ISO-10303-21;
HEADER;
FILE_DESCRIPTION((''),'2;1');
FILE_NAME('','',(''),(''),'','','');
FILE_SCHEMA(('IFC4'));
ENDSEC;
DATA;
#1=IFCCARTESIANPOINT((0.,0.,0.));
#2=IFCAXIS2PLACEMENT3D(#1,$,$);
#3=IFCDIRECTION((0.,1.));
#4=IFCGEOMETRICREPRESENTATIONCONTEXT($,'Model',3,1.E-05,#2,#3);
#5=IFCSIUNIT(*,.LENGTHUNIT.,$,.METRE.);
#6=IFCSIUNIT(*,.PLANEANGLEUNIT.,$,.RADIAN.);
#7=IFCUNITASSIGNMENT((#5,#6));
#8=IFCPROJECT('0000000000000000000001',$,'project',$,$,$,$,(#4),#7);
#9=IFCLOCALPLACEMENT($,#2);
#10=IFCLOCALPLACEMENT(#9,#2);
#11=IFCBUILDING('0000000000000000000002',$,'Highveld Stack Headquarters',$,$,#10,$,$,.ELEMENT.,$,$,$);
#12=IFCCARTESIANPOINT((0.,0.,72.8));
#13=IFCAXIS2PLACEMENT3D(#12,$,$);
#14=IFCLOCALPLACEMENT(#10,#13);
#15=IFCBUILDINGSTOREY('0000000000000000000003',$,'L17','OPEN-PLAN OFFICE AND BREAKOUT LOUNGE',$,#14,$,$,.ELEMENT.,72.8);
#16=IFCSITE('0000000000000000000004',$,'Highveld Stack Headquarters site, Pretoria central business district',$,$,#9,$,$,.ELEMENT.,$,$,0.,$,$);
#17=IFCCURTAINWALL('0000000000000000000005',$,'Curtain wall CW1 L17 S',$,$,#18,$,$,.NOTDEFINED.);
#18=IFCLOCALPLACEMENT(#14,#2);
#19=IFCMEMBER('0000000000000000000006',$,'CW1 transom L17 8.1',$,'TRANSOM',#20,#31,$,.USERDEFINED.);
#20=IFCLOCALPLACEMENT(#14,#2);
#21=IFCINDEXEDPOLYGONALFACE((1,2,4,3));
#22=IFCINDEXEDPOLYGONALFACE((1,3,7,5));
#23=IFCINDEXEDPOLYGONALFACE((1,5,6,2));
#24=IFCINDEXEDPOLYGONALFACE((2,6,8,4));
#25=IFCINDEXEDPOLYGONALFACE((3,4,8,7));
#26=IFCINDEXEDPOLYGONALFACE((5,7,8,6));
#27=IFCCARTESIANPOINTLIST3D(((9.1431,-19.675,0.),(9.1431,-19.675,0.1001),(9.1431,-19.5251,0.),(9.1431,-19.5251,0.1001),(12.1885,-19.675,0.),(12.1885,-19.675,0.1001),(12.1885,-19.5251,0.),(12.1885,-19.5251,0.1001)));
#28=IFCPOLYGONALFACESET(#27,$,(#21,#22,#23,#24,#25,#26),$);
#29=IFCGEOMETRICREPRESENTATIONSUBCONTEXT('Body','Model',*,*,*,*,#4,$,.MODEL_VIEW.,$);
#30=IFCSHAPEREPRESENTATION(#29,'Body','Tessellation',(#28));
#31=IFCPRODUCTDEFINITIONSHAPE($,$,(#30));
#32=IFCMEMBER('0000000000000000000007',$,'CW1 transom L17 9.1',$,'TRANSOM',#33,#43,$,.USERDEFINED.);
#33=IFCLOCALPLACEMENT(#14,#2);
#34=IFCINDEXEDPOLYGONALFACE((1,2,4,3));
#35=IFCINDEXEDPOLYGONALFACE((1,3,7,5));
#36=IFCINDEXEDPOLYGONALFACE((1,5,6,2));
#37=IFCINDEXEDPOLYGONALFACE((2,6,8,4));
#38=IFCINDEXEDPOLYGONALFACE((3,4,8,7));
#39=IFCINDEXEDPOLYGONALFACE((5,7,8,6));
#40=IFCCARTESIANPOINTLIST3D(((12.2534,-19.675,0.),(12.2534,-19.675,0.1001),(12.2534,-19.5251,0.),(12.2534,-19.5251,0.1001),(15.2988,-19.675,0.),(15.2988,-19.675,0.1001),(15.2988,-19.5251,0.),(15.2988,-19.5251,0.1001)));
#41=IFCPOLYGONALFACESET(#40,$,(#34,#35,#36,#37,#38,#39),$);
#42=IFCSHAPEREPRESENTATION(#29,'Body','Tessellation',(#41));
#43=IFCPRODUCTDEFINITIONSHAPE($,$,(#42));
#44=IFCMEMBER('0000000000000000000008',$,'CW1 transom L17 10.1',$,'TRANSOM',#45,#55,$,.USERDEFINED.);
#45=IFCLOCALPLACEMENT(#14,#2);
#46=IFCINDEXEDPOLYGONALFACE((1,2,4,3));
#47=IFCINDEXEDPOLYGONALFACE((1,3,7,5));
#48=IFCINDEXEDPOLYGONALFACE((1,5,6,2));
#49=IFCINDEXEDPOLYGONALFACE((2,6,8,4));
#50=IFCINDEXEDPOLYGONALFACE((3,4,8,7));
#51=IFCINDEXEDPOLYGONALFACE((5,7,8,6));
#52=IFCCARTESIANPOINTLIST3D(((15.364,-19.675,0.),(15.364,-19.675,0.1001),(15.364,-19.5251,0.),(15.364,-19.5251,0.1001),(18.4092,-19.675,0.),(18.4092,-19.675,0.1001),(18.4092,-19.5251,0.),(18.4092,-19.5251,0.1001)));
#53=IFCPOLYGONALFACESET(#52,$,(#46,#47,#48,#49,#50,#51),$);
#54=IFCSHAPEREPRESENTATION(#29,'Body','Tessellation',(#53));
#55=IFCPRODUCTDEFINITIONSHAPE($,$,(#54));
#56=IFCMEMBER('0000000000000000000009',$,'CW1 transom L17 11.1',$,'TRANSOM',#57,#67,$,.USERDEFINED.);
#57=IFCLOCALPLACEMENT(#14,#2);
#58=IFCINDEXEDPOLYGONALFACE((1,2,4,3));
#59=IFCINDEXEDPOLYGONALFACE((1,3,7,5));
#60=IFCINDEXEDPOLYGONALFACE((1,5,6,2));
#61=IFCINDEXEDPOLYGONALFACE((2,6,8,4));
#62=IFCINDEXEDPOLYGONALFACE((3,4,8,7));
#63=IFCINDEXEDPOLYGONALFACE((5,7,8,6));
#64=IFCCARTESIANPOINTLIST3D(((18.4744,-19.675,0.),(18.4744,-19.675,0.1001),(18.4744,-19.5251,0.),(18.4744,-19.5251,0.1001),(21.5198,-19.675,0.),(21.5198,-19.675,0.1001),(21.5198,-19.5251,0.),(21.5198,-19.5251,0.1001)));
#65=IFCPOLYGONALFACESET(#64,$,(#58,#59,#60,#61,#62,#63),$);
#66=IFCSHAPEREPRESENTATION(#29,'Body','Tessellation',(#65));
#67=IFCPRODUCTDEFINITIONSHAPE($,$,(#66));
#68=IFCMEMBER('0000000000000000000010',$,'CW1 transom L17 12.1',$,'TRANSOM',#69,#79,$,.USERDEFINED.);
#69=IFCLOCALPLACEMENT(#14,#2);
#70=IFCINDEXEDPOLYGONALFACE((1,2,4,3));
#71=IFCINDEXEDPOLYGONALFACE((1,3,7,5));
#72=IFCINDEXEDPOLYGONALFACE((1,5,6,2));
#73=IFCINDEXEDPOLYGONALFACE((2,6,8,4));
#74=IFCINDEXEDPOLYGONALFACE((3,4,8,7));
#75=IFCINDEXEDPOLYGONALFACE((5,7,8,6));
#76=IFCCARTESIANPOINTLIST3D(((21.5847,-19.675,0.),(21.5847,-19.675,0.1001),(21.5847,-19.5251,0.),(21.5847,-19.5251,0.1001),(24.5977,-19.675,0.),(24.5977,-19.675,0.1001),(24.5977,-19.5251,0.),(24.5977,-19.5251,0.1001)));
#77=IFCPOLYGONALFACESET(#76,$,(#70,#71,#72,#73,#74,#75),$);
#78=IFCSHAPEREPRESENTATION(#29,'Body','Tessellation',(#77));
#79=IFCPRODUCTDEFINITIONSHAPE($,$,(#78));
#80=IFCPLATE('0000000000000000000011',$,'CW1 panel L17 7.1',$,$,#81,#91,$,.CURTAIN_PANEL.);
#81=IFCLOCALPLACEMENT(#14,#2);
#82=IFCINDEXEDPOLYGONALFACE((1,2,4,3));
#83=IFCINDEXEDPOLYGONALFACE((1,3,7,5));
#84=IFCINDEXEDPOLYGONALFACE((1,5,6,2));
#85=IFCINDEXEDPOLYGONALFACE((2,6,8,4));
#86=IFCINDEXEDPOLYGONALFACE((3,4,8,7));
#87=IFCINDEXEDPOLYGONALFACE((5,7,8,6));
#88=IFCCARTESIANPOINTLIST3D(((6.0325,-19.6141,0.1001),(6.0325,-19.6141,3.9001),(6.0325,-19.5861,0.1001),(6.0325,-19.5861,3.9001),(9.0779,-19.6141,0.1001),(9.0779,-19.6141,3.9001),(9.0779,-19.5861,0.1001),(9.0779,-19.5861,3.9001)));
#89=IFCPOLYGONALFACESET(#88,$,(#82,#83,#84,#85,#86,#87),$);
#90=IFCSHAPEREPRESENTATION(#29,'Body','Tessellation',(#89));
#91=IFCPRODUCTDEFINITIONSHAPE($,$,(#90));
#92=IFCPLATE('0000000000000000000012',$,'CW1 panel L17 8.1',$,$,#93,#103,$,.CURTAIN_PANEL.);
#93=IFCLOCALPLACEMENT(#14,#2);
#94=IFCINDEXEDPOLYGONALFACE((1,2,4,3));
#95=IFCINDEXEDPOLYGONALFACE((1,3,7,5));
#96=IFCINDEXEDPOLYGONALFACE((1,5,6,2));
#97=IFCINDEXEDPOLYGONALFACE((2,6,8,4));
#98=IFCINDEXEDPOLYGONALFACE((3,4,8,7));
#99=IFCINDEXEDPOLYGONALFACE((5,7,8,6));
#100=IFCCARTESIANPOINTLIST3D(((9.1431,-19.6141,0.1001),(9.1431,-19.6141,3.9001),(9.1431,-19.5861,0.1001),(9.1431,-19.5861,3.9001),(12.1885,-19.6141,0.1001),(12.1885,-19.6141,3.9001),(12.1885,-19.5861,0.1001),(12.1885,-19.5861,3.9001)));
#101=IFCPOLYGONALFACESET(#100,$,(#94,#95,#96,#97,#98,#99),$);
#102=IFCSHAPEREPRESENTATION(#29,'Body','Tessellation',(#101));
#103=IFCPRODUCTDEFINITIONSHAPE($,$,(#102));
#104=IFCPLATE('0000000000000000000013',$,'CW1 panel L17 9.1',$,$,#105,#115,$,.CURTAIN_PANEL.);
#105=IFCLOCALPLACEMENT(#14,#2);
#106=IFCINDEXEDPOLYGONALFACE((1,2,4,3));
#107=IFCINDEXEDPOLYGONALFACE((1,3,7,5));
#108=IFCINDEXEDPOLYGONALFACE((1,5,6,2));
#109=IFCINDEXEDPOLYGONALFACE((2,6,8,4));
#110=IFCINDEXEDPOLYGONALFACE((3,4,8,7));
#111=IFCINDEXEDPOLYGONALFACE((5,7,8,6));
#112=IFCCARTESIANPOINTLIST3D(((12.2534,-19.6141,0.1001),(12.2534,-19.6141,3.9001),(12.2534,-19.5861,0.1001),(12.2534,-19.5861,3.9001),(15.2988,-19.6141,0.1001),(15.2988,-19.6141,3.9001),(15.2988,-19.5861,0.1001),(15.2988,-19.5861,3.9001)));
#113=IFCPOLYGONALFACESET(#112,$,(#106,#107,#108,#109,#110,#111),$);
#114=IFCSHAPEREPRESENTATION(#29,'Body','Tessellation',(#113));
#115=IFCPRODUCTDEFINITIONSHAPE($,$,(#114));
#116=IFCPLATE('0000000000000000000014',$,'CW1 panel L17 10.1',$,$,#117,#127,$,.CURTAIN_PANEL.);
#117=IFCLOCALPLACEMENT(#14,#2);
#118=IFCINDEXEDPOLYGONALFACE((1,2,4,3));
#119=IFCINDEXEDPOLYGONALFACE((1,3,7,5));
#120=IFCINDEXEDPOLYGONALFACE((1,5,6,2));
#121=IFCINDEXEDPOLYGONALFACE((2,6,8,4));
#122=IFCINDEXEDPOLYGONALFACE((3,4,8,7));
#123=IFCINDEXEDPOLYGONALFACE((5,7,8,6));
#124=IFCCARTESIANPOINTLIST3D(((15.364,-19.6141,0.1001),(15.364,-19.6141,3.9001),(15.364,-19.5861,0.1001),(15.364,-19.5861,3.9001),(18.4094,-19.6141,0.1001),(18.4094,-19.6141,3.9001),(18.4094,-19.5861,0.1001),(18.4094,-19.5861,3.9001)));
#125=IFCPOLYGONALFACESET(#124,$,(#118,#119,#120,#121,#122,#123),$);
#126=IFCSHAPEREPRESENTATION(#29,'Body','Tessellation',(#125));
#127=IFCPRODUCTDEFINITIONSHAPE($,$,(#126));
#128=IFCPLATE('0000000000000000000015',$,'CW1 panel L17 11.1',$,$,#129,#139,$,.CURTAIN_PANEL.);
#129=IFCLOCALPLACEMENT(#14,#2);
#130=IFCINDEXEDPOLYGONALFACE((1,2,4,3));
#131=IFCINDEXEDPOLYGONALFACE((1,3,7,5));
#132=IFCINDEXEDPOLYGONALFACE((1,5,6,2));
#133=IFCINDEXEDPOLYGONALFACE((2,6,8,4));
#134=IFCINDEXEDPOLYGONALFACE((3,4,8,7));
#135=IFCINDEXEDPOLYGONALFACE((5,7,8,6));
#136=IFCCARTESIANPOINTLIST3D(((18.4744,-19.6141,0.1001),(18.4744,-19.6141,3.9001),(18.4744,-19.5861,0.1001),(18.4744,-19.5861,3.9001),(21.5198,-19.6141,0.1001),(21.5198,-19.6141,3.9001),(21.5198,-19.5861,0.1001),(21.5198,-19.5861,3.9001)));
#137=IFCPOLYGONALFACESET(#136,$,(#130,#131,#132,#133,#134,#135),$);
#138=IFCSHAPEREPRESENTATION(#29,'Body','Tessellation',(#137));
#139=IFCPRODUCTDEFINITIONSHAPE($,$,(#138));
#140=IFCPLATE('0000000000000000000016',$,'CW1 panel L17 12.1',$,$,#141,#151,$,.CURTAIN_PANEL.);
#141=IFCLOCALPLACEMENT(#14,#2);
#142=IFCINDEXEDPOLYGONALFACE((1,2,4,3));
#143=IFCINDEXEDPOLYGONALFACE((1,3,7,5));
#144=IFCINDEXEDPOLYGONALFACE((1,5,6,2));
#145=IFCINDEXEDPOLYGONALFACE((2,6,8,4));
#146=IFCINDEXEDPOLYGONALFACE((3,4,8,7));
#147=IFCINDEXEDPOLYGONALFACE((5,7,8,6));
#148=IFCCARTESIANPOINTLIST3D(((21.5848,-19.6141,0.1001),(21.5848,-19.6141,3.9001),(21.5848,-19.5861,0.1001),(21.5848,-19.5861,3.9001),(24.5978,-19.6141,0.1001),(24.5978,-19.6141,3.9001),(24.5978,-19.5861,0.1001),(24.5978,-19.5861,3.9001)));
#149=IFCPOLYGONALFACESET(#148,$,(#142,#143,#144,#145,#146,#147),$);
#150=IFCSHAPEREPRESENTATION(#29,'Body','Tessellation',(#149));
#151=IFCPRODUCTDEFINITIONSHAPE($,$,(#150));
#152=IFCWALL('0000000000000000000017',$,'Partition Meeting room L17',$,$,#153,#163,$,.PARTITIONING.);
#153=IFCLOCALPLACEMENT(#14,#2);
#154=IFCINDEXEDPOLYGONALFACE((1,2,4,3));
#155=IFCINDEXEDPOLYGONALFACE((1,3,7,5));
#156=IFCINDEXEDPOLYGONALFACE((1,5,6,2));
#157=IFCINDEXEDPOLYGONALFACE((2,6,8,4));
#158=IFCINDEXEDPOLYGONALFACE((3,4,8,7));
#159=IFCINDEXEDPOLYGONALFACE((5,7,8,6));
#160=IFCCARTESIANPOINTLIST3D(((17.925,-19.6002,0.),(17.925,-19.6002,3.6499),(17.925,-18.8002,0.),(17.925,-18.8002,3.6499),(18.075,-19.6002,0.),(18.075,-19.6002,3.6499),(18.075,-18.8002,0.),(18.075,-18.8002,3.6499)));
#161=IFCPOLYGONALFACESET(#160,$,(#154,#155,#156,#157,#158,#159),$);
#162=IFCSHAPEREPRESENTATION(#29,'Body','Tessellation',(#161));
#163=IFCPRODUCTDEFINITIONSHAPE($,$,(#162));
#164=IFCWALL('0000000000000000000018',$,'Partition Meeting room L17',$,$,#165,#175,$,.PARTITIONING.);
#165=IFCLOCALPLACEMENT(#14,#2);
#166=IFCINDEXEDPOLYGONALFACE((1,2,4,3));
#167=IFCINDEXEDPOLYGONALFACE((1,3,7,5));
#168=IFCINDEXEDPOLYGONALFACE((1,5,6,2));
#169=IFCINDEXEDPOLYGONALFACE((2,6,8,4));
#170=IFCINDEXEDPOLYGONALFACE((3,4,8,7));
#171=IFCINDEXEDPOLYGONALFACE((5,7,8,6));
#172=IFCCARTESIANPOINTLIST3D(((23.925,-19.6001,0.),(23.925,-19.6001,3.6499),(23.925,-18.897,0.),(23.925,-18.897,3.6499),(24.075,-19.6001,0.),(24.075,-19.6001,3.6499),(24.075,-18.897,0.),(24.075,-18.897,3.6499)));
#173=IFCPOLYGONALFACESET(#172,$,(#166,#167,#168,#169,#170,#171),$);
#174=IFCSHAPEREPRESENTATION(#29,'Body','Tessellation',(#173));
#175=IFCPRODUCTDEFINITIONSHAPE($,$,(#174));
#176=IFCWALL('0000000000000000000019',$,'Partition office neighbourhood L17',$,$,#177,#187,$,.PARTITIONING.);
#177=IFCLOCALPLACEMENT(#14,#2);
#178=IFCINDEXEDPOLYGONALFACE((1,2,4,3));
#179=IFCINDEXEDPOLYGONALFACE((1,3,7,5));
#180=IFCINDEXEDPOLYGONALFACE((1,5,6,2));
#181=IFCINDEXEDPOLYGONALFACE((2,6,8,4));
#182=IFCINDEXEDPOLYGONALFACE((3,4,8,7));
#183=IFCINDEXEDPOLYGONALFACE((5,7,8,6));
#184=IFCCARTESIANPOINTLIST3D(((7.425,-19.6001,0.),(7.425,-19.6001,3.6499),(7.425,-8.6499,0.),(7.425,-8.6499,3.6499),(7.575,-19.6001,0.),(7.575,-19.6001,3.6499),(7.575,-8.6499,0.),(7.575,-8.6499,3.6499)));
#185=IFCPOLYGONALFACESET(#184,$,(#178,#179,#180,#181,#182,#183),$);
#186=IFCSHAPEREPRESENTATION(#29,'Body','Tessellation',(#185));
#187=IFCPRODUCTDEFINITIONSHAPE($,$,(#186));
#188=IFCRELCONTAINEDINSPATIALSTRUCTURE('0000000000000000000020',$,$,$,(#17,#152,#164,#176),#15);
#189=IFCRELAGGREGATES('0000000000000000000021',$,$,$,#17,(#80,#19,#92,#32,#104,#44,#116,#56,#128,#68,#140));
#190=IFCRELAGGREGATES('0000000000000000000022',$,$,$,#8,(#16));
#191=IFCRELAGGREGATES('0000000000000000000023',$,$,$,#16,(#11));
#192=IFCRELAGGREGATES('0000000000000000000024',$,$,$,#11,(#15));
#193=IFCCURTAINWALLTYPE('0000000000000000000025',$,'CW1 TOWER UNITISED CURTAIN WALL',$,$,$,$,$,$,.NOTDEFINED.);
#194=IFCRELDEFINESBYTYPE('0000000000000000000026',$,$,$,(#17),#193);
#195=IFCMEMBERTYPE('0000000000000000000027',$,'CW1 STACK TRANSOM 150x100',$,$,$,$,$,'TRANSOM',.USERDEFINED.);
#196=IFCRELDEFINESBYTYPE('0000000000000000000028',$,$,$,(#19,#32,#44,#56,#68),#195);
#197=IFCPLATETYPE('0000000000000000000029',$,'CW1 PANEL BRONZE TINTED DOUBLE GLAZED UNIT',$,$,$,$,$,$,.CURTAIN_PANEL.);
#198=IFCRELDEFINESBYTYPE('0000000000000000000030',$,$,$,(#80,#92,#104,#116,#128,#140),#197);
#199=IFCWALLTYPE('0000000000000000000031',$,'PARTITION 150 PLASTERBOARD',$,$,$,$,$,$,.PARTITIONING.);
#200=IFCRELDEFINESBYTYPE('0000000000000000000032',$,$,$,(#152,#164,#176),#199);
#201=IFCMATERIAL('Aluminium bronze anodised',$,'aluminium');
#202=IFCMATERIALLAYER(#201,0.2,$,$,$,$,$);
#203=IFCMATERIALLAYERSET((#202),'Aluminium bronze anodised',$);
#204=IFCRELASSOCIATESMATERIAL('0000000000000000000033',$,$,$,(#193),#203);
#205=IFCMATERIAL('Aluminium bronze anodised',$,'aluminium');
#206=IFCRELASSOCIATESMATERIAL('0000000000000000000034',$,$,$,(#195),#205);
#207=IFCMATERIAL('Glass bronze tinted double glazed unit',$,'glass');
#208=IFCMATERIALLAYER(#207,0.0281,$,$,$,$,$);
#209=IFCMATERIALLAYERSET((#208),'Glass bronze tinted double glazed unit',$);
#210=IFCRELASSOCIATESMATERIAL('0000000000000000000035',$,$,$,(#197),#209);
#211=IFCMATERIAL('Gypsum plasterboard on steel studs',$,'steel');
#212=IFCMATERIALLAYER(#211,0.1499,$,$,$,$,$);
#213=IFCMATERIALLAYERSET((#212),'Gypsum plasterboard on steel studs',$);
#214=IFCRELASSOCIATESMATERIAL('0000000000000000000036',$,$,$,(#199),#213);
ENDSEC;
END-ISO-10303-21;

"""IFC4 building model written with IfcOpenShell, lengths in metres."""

from ifc_helpers import new_model, si_unit, direction, frame, frame_2d, origin, origin_2d, place, context, subcontext, project, spatial, rectangle, extrude, material, layer, layer_set, material_profile, profile_set, type_object, element, aggregate, save


model = new_model("IFC4")

# Units and contexts
model_context = context("Model", 3, precision=1e-05, world=origin(), true_north=direction((0.0, 1.0)))
body_context = subcontext(model_context, "Body", "Model", "MODEL_VIEW")
ifc_project = project(units=[si_unit("LENGTHUNIT", "METRE"), si_unit("PLANEANGLEUNIT", "RADIAN")], contexts=[model_context])

# Site, building, storey
site_placement = place(None, origin())
site = spatial("IfcSite", under=ifc_project, at=site_placement, Name="Highveld Stack Headquarters site, Pretoria central business district", CompositionType="ELEMENT", RefElevation=0.0)
building_placement = place(site_placement, origin())
building = spatial("IfcBuilding", under=site, at=building_placement, Name="Highveld Stack Headquarters", CompositionType="ELEMENT")
storey_placement = place(building_placement, frame((0.0, 0.0, 72.8)))
storey = spatial("IfcBuildingStorey", under=building, at=storey_placement, Name="L17", Description="OPEN-PLAN OFFICE AND BREAKOUT LOUNGE", CompositionType="ELEMENT", Elevation=72.8)

# Curtain wall, members, plates
ifc_material_1 = material(Name="Aluminium bronze anodised", Category="aluminium")
ifc_layer_1 = layer(ifc_material_1, 0.2)
ifc_layer_set_1 = layer_set([ifc_layer_1], Name="Aluminium bronze anodised")
curtain_wall_type = type_object("IfcCurtainWallType", Name="CW1 TOWER UNITISED CURTAIN WALL", PredefinedType="NOTDEFINED", material=ifc_layer_set_1)
curtain_wall_placement = place(storey_placement, origin())
curtain_wall = element("IfcCurtainWall", 1, at=curtain_wall_placement, inside=storey, type_object=curtain_wall_type, Name="Curtain wall CW1 L17 S", PredefinedType="NOTDEFINED")
ifc_material_2 = material(Name="Aluminium bronze anodised", Category="aluminium")
ifc_material_profile_1 = material_profile(ifc_material_2, rectangle(XDim=0.1499, YDim=0.1001, at=origin_2d()), Name="CW1 TRANSOM 150x100")
ifc_profile_set_1 = profile_set([ifc_material_profile_1], Name="Aluminium bronze anodised")
member_type_1 = type_object("IfcMemberType", Name="CW1 STACK TRANSOM 150x100", ElementType="TRANSOM", PredefinedType="USERDEFINED", material=ifc_profile_set_1)
member_1_placement = place(storey_placement, frame((9.1431, -19.6001, 0.05), z_axis=(1.0, 0.0, 0.0), x_axis=(0.0, 1.0, 0.0)))
member_1 = element("IfcMember", 2, at=member_1_placement, type_object=member_type_1, Name="CW1 transom L17 8.1", ObjectType="TRANSOM", PredefinedType="USERDEFINED", context=body_context, shape_type="SweptSolid", body=[
    extrude(rectangle(XDim=0.1499, YDim=0.1001, at=origin_2d()), origin(), (0.0, 0.0, 1.0), 3.0454),
])
member_2_placement = place(storey_placement, frame((12.2534, -19.6001, 0.05), z_axis=(1.0, 0.0, 0.0), x_axis=(0.0, 1.0, 0.0)))
member_2 = element("IfcMember", 3, at=member_2_placement, type_object=member_type_1, Name="CW1 transom L17 9.1", ObjectType="TRANSOM", PredefinedType="USERDEFINED", context=body_context, shape_type="SweptSolid", body=[
    extrude(rectangle(XDim=0.1499, YDim=0.1001, at=origin_2d()), origin(), (0.0, 0.0, 1.0), 3.0454),
])
member_3_placement = place(storey_placement, frame((15.364, -19.6001, 0.05), z_axis=(1.0, 0.0, 0.0), x_axis=(0.0, 1.0, 0.0)))
member_3 = element("IfcMember", 4, at=member_3_placement, type_object=member_type_1, Name="CW1 transom L17 10.1", ObjectType="TRANSOM", PredefinedType="USERDEFINED", context=body_context, shape_type="SweptSolid", body=[
    extrude(rectangle(XDim=0.1499, YDim=0.1001, at=origin_2d()), origin(), (0.0, 0.0, 1.0), 3.0452),
])
member_4_placement = place(storey_placement, frame((18.4744, -19.6001, 0.05), z_axis=(1.0, 0.0, 0.0), x_axis=(0.0, 1.0, 0.0)))
member_4 = element("IfcMember", 5, at=member_4_placement, type_object=member_type_1, Name="CW1 transom L17 11.1", ObjectType="TRANSOM", PredefinedType="USERDEFINED", context=body_context, shape_type="SweptSolid", body=[
    extrude(rectangle(XDim=0.1499, YDim=0.1001, at=origin_2d()), origin(), (0.0, 0.0, 1.0), 3.0454),
])
member_5_placement = place(storey_placement, frame((21.5847, -19.6001, 0.05), z_axis=(1.0, 0.0, 0.0), x_axis=(0.0, 1.0, 0.0)))
member_5 = element("IfcMember", 6, at=member_5_placement, type_object=member_type_1, Name="CW1 transom L17 12.1", ObjectType="TRANSOM", PredefinedType="USERDEFINED", context=body_context, shape_type="SweptSolid", body=[
    extrude(rectangle(XDim=0.1499, YDim=0.1001, at=origin_2d()), origin(), (0.0, 0.0, 1.0), 3.0129),
])
ifc_material_3 = material(Name="Glass bronze tinted double glazed unit", Category="glass")
ifc_layer_2 = layer(ifc_material_3, 0.0281)
ifc_layer_set_2 = layer_set([ifc_layer_2], Name="Glass bronze tinted double glazed unit")
plate_type = type_object("IfcPlateType", Name="CW1 PANEL BRONZE TINTED DOUBLE GLAZED UNIT", PredefinedType="CURTAIN_PANEL", material=ifc_layer_set_2)
plate_1_placement = place(storey_placement, frame((7.5552, -19.6001, 0.1001), z_axis=(0.0, 0.0, 1.0), x_axis=(1.0, 0.0, 0.0)))
plate_1 = element("IfcPlate", 7, at=plate_1_placement, type_object=plate_type, Name="CW1 panel L17 7.1", PredefinedType="CURTAIN_PANEL", context=body_context, shape_type="SweptSolid", body=[
    extrude(rectangle(XDim=3.0454, YDim=0.0281, at=origin_2d()), origin(), (0.0, 0.0, 1.0), 3.8),
])
plate_2_placement = place(storey_placement, frame((10.6658, -19.6001, 0.1001), z_axis=(0.0, 0.0, 1.0), x_axis=(1.0, 0.0, 0.0)))
plate_2 = element("IfcPlate", 8, at=plate_2_placement, type_object=plate_type, Name="CW1 panel L17 8.1", PredefinedType="CURTAIN_PANEL", context=body_context, shape_type="SweptSolid", body=[
    extrude(rectangle(XDim=3.0454, YDim=0.0281, at=origin_2d()), origin(), (0.0, 0.0, 1.0), 3.8),
])
plate_3_placement = place(storey_placement, frame((13.7761, -19.6001, 0.1001), z_axis=(0.0, 0.0, 1.0), x_axis=(1.0, 0.0, 0.0)))
plate_3 = element("IfcPlate", 9, at=plate_3_placement, type_object=plate_type, Name="CW1 panel L17 9.1", PredefinedType="CURTAIN_PANEL", context=body_context, shape_type="SweptSolid", body=[
    extrude(rectangle(XDim=3.0454, YDim=0.0281, at=origin_2d()), origin(), (0.0, 0.0, 1.0), 3.8),
])
plate_4_placement = place(storey_placement, frame((16.8867, -19.6001, 0.1001), z_axis=(0.0, 0.0, 1.0), x_axis=(1.0, 0.0, 0.0)))
plate_4 = element("IfcPlate", 10, at=plate_4_placement, type_object=plate_type, Name="CW1 panel L17 10.1", PredefinedType="CURTAIN_PANEL", context=body_context, shape_type="SweptSolid", body=[
    extrude(rectangle(XDim=3.0454, YDim=0.0281, at=origin_2d()), origin(), (0.0, 0.0, 1.0), 3.8),
])
plate_5_placement = place(storey_placement, frame((19.9971, -19.6001, 0.1001), z_axis=(0.0, 0.0, 1.0), x_axis=(1.0, 0.0, 0.0)))
plate_5 = element("IfcPlate", 11, at=plate_5_placement, type_object=plate_type, Name="CW1 panel L17 11.1", PredefinedType="CURTAIN_PANEL", context=body_context, shape_type="SweptSolid", body=[
    extrude(rectangle(XDim=3.0454, YDim=0.0281, at=origin_2d()), origin(), (0.0, 0.0, 1.0), 3.8),
])
plate_6_placement = place(storey_placement, frame((23.0913, -19.6001, 0.1001), z_axis=(0.0, 0.0, 1.0), x_axis=(1.0, 0.0, 0.0)))
plate_6 = element("IfcPlate", 12, at=plate_6_placement, type_object=plate_type, Name="CW1 panel L17 12.1", PredefinedType="CURTAIN_PANEL", context=body_context, shape_type="SweptSolid", body=[
    extrude(rectangle(XDim=3.0129, YDim=0.0281, at=origin_2d()), origin(), (0.0, 0.0, 1.0), 3.8),
])
aggregate(curtain_wall, [plate_1, member_1, plate_2, member_2, plate_3, member_3, plate_4, member_4, plate_5, member_5, plate_6])

# Walls
ifc_material_4 = material(Name="Gypsum plasterboard on steel studs", Category="steel")
ifc_layer_3 = layer(ifc_material_4, 0.1499)
ifc_layer_set_3 = layer_set([ifc_layer_3], Name="Gypsum plasterboard on steel studs")
wall_type = type_object("IfcWallType", Name="PARTITION 150 PLASTERBOARD", PredefinedType="PARTITIONING", material=ifc_layer_set_3)
wall_1_placement = place(storey_placement, frame((18.0, -19.6001, 0.0), z_axis=(0.0, 0.0, 1.0), x_axis=(0.0, 1.0, 0.0)))
element("IfcWall", 13, at=wall_1_placement, inside=storey, type_object=wall_type, Name="Partition Meeting room L17", PredefinedType="PARTITIONING", context=body_context, shape_type="SweptSolid", body=[
    extrude(rectangle(XDim=0.8, YDim=0.1499, at=frame_2d((0.3999, 0.0))), origin(), (0.0, 0.0, 1.0), 3.6499),
])
wall_2_placement = place(storey_placement, frame((24.0, -19.6001, 0.0), z_axis=(0.0, 0.0, 1.0), x_axis=(0.0, 1.0, 0.0)))
element("IfcWall", 14, at=wall_2_placement, inside=storey, type_object=wall_type, Name="Partition Meeting room L17", PredefinedType="PARTITIONING", context=body_context, shape_type="SweptSolid", body=[
    extrude(rectangle(XDim=0.7031, YDim=0.1499, at=frame_2d((0.3516, 0.0))), origin(), (0.0, 0.0, 1.0), 3.6499),
])
wall_3_placement = place(storey_placement, frame((7.5, -19.6001, 0.0), z_axis=(0.0, 0.0, 1.0), x_axis=(0.0, 1.0, 0.0)))
element("IfcWall", 15, at=wall_3_placement, inside=storey, type_object=wall_type, Name="Partition office neighbourhood L17", PredefinedType="PARTITIONING", context=body_context, shape_type="SweptSolid", body=[
    extrude(rectangle(XDim=10.9502, YDim=0.1499, at=frame_2d((5.4751, 0.0))), origin(), (0.0, 0.0, 1.0), 3.6499),
])

save(model, "model.ifc")
